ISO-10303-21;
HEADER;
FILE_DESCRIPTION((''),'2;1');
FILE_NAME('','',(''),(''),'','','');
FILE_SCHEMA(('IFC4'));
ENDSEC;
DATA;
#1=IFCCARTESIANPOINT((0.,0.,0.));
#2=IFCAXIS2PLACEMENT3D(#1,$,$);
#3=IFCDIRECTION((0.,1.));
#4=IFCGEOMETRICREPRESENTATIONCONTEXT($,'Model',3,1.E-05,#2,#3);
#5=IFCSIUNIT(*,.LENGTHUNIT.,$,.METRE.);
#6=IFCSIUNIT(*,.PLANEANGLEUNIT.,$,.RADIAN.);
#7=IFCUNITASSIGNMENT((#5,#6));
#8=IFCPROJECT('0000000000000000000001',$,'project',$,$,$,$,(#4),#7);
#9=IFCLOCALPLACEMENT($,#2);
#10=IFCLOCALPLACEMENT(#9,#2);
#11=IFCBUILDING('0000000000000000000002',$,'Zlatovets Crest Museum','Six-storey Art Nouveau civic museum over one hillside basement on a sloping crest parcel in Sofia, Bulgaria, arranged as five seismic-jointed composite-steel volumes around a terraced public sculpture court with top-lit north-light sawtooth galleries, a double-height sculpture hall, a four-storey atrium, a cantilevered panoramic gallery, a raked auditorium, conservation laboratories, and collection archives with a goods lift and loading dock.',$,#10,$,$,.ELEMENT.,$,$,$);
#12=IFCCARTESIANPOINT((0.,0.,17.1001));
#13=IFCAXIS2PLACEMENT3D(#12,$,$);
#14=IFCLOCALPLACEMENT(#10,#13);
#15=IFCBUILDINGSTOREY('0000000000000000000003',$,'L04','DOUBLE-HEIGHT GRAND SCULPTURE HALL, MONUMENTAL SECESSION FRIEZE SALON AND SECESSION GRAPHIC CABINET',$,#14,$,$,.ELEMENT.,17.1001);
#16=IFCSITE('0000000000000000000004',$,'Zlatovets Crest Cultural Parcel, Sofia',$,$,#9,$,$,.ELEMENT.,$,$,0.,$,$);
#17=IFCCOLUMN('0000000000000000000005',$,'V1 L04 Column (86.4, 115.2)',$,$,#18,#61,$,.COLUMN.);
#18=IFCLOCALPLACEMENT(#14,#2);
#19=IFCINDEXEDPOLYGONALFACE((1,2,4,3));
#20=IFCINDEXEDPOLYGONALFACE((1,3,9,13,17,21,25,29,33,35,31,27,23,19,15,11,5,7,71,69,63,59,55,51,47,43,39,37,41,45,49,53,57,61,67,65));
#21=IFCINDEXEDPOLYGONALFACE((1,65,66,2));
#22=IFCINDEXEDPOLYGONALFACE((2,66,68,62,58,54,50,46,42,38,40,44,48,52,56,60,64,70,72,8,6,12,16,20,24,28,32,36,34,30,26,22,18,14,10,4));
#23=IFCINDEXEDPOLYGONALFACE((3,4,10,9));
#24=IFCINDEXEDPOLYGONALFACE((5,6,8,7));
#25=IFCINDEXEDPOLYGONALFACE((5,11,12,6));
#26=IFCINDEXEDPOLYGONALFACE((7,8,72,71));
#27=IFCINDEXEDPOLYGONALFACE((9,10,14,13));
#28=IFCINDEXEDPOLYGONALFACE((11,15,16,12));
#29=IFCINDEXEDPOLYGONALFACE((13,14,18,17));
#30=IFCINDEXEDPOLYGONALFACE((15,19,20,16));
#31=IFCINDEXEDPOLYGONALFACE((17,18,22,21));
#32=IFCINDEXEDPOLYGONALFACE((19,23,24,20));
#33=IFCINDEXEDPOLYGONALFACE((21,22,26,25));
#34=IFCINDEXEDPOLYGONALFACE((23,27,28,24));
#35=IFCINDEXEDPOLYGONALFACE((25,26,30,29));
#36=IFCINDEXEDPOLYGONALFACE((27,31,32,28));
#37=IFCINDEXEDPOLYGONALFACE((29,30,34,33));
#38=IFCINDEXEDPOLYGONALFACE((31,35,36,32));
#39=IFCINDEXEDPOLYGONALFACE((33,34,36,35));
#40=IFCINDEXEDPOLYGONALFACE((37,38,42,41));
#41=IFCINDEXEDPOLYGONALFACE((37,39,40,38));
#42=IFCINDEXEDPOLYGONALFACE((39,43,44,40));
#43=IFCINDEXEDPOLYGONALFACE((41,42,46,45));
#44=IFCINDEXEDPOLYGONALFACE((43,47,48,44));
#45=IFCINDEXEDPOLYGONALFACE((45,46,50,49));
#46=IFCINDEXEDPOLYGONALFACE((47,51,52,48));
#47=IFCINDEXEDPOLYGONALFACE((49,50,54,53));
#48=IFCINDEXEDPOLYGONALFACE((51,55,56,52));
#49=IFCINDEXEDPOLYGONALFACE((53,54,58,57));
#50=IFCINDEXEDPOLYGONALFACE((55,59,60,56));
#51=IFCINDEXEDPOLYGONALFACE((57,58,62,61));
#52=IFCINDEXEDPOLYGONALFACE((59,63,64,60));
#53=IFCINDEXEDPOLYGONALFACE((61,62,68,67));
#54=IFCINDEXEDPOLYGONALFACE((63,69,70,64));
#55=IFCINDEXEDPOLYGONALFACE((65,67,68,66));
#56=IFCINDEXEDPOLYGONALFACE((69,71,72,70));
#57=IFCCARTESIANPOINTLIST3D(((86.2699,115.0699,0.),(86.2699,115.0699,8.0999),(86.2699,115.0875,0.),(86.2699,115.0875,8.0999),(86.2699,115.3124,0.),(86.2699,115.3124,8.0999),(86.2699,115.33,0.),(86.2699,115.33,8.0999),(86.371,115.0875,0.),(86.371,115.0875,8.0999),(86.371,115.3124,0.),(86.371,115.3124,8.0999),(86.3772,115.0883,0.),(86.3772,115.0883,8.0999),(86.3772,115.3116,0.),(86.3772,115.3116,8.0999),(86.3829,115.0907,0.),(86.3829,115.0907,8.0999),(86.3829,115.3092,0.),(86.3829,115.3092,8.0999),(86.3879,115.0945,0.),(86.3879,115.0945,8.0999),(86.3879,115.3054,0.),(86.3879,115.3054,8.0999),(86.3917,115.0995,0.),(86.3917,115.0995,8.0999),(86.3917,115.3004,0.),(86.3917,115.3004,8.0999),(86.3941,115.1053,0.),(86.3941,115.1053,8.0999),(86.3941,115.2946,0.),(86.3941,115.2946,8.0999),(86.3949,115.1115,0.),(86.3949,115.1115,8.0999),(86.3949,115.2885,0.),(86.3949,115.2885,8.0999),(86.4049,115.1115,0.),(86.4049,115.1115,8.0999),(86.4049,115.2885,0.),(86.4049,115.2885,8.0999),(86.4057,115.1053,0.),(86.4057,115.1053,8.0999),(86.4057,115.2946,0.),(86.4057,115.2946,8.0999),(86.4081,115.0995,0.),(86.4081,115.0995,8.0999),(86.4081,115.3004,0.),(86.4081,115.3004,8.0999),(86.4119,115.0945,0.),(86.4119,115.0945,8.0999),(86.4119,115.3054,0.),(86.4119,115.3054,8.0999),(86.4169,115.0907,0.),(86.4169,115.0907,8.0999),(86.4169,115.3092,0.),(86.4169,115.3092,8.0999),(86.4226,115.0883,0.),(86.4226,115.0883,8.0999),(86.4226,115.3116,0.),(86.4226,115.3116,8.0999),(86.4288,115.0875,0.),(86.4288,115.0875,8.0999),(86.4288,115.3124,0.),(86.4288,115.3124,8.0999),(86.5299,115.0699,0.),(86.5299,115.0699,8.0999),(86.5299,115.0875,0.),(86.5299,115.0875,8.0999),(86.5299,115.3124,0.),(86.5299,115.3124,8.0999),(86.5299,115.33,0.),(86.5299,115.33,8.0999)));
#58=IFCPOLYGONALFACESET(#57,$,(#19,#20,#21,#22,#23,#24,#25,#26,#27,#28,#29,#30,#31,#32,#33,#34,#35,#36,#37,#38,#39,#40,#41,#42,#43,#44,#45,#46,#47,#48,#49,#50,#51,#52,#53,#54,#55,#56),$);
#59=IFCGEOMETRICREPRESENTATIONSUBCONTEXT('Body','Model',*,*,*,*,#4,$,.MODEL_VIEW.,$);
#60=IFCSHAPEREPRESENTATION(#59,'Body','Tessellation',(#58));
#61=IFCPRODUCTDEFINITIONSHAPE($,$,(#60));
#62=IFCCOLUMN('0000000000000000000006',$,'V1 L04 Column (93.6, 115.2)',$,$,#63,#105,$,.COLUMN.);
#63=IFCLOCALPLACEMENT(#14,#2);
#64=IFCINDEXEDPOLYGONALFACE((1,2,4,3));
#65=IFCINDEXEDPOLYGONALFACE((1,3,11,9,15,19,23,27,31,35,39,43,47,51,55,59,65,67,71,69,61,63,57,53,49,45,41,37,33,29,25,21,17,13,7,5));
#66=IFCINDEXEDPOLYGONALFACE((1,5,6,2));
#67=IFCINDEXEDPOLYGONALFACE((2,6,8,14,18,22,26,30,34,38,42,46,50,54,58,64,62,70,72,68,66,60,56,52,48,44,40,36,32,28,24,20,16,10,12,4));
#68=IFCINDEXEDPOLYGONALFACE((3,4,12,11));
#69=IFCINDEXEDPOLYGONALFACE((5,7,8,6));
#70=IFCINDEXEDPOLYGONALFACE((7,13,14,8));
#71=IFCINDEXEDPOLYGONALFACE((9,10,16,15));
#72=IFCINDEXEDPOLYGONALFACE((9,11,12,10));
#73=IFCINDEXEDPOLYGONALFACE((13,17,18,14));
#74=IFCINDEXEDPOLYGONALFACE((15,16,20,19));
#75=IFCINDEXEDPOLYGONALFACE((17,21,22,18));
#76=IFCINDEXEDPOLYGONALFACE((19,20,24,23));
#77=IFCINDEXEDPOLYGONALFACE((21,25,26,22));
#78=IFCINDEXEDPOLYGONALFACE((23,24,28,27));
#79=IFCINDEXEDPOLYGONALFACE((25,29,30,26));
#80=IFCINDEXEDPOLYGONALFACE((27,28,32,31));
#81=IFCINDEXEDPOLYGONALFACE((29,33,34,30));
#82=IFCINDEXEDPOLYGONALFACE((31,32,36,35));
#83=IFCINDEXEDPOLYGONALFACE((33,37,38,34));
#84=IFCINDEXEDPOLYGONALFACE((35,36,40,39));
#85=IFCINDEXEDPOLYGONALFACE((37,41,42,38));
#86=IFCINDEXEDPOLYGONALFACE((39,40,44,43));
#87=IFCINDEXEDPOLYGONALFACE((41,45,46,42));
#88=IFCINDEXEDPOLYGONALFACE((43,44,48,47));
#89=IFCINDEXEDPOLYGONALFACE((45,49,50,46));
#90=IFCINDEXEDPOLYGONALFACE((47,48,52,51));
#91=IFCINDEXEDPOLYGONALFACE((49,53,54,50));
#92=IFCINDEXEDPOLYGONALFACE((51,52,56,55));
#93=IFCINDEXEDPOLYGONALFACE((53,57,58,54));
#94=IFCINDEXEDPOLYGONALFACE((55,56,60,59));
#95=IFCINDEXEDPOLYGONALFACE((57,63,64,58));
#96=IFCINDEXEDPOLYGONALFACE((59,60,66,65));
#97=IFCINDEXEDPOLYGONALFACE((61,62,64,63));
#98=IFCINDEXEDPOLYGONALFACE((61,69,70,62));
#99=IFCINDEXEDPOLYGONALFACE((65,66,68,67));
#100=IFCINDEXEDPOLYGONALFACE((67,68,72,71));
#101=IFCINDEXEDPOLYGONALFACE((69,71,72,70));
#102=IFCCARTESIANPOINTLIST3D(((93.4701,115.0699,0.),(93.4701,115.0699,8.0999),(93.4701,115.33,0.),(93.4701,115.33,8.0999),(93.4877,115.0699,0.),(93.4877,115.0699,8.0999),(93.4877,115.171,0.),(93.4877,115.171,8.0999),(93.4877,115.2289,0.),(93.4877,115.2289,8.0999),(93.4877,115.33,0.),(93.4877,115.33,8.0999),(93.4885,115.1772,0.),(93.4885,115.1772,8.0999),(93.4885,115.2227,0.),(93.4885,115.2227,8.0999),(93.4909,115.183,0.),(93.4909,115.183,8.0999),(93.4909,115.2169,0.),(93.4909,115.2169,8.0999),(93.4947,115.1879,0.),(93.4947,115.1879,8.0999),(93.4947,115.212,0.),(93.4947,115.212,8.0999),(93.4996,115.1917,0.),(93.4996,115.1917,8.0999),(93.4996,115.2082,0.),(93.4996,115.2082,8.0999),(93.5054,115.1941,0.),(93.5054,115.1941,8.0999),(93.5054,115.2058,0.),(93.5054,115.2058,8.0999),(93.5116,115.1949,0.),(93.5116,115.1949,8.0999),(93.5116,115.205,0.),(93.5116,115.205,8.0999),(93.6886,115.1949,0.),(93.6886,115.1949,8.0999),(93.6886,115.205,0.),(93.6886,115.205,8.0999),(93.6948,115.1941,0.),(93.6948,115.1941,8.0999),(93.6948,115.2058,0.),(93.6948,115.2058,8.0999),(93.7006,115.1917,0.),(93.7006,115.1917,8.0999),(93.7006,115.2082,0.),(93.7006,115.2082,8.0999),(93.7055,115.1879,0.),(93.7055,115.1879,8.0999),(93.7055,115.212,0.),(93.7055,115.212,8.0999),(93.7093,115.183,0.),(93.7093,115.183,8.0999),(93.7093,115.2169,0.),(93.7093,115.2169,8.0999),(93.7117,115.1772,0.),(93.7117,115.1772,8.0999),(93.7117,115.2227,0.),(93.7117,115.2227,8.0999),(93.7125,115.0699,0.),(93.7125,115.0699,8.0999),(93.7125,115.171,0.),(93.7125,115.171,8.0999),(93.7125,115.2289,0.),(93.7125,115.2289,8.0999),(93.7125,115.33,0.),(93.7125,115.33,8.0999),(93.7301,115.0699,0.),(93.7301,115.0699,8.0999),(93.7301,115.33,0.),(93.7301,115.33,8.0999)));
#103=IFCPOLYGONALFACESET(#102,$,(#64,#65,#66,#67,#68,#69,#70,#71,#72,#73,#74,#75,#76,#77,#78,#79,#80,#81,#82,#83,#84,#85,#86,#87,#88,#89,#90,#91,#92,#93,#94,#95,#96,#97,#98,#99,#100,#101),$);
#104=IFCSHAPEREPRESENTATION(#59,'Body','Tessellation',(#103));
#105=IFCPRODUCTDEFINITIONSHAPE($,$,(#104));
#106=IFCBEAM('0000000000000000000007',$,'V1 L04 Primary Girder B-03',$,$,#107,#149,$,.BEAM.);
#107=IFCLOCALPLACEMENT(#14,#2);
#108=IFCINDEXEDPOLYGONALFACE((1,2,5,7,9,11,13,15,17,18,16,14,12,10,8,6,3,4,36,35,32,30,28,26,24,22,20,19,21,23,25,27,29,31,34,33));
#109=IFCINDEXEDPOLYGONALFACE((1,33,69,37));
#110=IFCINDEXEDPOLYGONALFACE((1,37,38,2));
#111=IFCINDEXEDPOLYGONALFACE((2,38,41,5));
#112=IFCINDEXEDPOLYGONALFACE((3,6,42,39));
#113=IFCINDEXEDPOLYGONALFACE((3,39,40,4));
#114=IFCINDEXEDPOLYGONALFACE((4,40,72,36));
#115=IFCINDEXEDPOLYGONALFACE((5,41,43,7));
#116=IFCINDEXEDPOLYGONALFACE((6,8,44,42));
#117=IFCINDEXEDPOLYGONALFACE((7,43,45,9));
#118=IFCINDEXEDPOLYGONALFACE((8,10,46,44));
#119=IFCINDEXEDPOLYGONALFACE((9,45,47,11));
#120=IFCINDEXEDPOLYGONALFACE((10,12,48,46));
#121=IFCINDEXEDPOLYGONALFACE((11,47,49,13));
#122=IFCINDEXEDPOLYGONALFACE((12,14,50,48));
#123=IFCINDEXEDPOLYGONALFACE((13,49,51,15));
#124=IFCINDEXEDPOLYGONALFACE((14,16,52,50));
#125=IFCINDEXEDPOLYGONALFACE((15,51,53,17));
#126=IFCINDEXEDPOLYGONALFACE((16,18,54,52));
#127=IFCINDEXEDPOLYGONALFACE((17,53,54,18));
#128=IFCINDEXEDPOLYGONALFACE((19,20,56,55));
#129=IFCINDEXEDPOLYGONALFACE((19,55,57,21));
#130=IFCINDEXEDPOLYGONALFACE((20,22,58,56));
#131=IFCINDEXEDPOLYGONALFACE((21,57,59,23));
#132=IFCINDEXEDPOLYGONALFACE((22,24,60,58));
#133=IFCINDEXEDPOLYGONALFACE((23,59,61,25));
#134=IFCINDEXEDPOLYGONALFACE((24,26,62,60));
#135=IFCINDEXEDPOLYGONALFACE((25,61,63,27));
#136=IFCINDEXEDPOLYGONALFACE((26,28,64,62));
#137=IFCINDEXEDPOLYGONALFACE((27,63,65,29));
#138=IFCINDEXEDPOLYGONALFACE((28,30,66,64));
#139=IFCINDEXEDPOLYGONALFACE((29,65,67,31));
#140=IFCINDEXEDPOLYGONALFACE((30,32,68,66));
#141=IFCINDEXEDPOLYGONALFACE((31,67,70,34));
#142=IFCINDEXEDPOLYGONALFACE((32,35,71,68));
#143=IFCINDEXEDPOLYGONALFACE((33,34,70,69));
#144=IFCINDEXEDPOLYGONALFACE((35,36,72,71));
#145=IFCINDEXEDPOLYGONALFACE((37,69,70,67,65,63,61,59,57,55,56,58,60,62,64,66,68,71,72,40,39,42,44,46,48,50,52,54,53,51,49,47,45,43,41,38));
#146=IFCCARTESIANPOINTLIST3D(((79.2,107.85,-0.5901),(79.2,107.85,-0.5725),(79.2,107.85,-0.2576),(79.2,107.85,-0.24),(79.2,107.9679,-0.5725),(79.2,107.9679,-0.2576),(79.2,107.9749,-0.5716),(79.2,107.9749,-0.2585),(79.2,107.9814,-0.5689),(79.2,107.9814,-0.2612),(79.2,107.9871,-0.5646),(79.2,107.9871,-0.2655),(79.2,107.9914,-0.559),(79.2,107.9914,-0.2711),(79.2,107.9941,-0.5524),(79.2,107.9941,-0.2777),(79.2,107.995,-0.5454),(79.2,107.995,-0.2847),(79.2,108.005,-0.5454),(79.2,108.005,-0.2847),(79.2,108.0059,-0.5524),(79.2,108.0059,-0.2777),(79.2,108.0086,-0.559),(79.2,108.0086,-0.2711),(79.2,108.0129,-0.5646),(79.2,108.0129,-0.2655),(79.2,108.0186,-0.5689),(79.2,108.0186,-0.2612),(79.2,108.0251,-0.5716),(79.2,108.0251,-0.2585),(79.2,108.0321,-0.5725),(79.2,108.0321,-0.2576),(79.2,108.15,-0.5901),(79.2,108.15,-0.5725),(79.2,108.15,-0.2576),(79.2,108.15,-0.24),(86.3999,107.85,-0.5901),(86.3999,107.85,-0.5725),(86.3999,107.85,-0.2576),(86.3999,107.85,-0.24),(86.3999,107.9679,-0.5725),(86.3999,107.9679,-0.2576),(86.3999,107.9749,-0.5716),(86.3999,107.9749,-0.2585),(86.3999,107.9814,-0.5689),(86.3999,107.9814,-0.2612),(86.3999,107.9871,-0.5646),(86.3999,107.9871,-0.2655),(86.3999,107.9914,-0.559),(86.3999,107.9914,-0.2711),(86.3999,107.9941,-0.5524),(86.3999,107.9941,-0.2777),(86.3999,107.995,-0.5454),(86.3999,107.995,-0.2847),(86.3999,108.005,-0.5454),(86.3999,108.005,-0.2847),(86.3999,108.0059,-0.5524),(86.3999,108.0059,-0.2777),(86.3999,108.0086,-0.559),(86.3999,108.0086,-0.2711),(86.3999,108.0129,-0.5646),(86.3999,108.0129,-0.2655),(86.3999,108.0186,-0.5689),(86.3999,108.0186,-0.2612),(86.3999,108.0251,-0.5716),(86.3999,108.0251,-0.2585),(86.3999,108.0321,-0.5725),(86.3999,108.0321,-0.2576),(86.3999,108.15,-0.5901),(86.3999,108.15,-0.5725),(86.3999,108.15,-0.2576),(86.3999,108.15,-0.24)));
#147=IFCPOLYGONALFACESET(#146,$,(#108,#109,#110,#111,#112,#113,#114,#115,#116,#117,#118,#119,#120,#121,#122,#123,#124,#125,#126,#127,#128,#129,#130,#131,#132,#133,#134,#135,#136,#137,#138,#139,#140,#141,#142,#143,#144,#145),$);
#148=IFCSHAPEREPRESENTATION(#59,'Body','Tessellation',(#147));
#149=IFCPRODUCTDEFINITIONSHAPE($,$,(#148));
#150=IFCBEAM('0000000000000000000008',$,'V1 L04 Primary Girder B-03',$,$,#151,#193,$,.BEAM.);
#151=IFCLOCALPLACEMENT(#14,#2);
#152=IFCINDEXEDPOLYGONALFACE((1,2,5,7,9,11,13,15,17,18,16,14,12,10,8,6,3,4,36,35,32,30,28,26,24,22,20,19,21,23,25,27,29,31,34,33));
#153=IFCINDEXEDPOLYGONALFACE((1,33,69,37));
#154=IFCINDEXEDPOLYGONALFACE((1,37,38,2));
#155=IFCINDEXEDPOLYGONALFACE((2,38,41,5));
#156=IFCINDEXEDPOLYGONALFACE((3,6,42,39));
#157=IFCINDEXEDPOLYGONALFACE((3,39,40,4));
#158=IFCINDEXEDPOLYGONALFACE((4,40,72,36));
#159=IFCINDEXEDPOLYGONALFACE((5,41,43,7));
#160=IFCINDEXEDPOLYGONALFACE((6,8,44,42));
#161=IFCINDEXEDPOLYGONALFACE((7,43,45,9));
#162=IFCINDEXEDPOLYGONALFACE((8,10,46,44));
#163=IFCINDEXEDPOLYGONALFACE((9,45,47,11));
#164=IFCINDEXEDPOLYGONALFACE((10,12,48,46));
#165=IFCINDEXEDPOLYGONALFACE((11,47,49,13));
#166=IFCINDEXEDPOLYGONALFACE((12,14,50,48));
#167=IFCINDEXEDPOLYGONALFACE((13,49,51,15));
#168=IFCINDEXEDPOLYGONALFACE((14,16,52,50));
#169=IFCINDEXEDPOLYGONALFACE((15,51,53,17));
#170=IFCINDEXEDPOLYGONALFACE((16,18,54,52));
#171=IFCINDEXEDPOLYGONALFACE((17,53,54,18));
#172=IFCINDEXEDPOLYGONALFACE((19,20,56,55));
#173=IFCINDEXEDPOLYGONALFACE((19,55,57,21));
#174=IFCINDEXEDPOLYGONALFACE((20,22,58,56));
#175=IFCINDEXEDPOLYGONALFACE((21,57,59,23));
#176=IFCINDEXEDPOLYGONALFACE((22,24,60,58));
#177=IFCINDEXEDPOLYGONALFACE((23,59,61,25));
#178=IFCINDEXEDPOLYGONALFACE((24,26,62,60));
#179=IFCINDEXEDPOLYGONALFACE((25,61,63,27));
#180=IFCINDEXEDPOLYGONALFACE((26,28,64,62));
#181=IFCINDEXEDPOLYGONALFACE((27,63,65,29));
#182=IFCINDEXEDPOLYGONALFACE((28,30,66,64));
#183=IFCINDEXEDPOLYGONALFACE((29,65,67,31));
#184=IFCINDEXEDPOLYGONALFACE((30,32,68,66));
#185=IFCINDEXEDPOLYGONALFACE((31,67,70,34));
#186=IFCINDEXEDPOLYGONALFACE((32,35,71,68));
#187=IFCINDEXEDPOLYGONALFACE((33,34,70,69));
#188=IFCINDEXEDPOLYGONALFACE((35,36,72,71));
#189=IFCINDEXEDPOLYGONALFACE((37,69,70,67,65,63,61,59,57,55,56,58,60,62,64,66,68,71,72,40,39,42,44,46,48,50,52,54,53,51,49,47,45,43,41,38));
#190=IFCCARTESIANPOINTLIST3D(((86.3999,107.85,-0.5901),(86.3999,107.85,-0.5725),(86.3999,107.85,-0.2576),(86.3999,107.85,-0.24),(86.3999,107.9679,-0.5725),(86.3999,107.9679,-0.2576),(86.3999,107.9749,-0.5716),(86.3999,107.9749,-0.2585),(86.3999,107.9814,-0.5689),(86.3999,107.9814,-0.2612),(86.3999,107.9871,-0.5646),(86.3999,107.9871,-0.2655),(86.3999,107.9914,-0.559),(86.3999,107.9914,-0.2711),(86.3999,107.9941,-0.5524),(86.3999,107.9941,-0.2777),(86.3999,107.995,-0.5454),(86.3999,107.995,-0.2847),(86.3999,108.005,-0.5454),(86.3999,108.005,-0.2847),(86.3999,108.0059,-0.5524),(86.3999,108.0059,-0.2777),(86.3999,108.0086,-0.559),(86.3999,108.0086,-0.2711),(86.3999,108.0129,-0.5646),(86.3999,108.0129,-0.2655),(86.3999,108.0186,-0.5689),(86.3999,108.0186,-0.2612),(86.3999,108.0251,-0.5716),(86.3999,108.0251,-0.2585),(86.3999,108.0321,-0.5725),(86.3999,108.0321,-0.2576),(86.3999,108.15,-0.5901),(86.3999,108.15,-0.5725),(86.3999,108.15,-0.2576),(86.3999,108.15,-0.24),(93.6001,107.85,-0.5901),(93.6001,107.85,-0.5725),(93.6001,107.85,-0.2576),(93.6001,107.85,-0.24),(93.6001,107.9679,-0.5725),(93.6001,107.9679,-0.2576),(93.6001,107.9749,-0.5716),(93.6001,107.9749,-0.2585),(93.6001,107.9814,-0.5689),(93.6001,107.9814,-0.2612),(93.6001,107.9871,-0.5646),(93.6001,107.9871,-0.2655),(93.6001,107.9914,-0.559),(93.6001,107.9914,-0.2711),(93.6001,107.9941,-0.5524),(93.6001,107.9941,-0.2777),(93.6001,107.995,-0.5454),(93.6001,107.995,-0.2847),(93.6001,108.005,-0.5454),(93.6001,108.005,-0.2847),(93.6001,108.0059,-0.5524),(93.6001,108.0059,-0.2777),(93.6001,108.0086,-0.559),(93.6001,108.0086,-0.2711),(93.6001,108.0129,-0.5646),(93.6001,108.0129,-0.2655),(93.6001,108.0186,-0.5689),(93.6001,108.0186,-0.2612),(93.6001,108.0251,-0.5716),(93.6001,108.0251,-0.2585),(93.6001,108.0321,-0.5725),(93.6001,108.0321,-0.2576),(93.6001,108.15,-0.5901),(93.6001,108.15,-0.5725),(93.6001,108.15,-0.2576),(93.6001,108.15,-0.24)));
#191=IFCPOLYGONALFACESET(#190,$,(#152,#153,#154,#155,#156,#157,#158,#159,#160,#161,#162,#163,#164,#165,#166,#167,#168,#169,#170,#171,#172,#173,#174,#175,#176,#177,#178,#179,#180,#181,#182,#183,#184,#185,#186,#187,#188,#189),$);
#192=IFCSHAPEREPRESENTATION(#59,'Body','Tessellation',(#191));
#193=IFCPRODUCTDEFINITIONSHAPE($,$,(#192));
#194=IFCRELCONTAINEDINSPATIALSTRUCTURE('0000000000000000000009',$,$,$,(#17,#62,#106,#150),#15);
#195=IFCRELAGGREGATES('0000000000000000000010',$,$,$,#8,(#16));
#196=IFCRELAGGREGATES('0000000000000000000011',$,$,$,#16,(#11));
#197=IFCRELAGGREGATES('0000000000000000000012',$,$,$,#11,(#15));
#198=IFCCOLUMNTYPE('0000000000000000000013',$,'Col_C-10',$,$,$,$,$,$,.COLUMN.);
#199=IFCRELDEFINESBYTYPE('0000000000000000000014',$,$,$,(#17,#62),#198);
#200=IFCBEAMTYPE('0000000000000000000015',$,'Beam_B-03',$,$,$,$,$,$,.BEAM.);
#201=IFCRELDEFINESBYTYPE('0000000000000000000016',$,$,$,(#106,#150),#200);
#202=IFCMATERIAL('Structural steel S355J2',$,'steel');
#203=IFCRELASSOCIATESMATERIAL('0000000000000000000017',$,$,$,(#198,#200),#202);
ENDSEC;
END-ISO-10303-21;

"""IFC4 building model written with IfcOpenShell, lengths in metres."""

from ifc_helpers import new_model, si_unit, direction, frame, origin, origin_2d, place, context, subcontext, project, spatial, i_section, extrude, material, material_profile, profile_set, type_object, element, save


model = new_model("IFC4")

# Units and contexts
model_context = context("Model", 3, precision=1e-05, world=origin(), true_north=direction((0.0, 1.0)))
body_context = subcontext(model_context, "Body", "Model", "MODEL_VIEW")
ifc_project = project(units=[si_unit("LENGTHUNIT", "METRE"), si_unit("PLANEANGLEUNIT", "RADIAN")], contexts=[model_context])

# Site, building, storey
site_placement = place(None, origin())
site = spatial("IfcSite", under=ifc_project, at=site_placement, Name="Zlatovets Crest Cultural Parcel, Sofia", CompositionType="ELEMENT", RefElevation=0.0)
building_placement = place(site_placement, origin())
building = spatial("IfcBuilding", under=site, at=building_placement, Name="Zlatovets Crest Museum", Description="Six-storey Art Nouveau civic museum over one hillside basement on a sloping crest parcel in Sofia, Bulgaria, arranged as five seismic-jointed composite-steel volumes around a terraced public sculpture court with top-lit north-light sawtooth galleries, a double-height sculpture hall, a four-storey atrium, a cantilevered panoramic gallery, a raked auditorium, conservation laboratories, and collection archives with a goods lift and loading dock.", CompositionType="ELEMENT")
storey_placement = place(building_placement, frame((0.0, 0.0, 17.1001)))
storey = spatial("IfcBuildingStorey", under=building, at=storey_placement, Name="L04", Description="DOUBLE-HEIGHT GRAND SCULPTURE HALL, MONUMENTAL SECESSION FRIEZE SALON AND SECESSION GRAPHIC CABINET", CompositionType="ELEMENT", Elevation=17.1001)

# Columns
ifc_material_1 = material(Name="Structural steel S355J2", Category="steel")
ifc_material_profile_1 = material_profile(ifc_material_1, i_section(OverallWidth=0.26, OverallDepth=0.26, WebThickness=0.01, FlangeThickness=0.0176, FilletRadius=0.0239, at=origin_2d()), Name="HEB 260")
ifc_profile_set_1 = profile_set([ifc_material_profile_1], Name="Structural steel S355J2")
column_type_1 = type_object("IfcColumnType", Name="Col_C-10", PredefinedType="COLUMN", material=ifc_profile_set_1)
for number, where, z_axis, x_axis, name in (
    (1, (86.3999, 115.2, 0.0), (0.0, 0.0, 1.0), (1.0, 0.0, 0.0), "V1 L04 Column (86.4, 115.2)"),
    (2, (93.6001, 115.2, 0.0), (0.0, 0.0, 1.0), (0.0, 1.0, 0.0), "V1 L04 Column (93.6, 115.2)"),
):
    element("IfcColumn", number, at=place(storey_placement, frame(where, z_axis=z_axis, x_axis=x_axis)), inside=storey, type_object=column_type_1, Name=name, PredefinedType="COLUMN", context=body_context, shape_type="SweptSolid", body=[
        extrude(i_section(OverallWidth=0.26, OverallDepth=0.26, WebThickness=0.01, FlangeThickness=0.0176, FilletRadius=0.0239, at=origin_2d()), origin(), (0.0, 0.0, 1.0), 8.0999),
    ])

# Beams
ifc_material_profile_2 = material_profile(ifc_material_1, i_section(OverallWidth=0.3, OverallDepth=0.3501, WebThickness=0.01, FlangeThickness=0.0176, FilletRadius=0.0271, at=origin_2d()), Name="HEA 360")
ifc_profile_set_2 = profile_set([ifc_material_profile_2], Name="Structural steel S355J2")
beam_type_1 = type_object("IfcBeamType", Name="Beam_B-03", PredefinedType="BEAM", material=ifc_profile_set_2)
beam_1_placement = place(storey_placement, frame((79.2, 108.0, -0.415), z_axis=(1.0, 0.0, 0.0), x_axis=(0.0, 1.0, 0.0)))
element("IfcBeam", 3, at=beam_1_placement, inside=storey, type_object=beam_type_1, Name="V1 L04 Primary Girder B-03", PredefinedType="BEAM", context=body_context, shape_type="SweptSolid", body=[
    extrude(i_section(OverallWidth=0.3, OverallDepth=0.3501, WebThickness=0.01, FlangeThickness=0.0176, FilletRadius=0.0271, at=origin_2d()), origin(), (0.0, 0.0, 1.0), 7.2),
])
beam_2_placement = place(storey_placement, frame((86.3999, 108.0, -0.415), z_axis=(1.0, 0.0, 0.0), x_axis=(0.0, 1.0, 0.0)))
element("IfcBeam", 4, at=beam_2_placement, inside=storey, type_object=beam_type_1, Name="V1 L04 Primary Girder B-03", PredefinedType="BEAM", context=body_context, shape_type="SweptSolid", body=[
    extrude(i_section(OverallWidth=0.3, OverallDepth=0.3501, WebThickness=0.01, FlangeThickness=0.0176, FilletRadius=0.0271, at=origin_2d()), origin(), (0.0, 0.0, 1.0), 7.2002),
])

save(model, "model.ifc")
